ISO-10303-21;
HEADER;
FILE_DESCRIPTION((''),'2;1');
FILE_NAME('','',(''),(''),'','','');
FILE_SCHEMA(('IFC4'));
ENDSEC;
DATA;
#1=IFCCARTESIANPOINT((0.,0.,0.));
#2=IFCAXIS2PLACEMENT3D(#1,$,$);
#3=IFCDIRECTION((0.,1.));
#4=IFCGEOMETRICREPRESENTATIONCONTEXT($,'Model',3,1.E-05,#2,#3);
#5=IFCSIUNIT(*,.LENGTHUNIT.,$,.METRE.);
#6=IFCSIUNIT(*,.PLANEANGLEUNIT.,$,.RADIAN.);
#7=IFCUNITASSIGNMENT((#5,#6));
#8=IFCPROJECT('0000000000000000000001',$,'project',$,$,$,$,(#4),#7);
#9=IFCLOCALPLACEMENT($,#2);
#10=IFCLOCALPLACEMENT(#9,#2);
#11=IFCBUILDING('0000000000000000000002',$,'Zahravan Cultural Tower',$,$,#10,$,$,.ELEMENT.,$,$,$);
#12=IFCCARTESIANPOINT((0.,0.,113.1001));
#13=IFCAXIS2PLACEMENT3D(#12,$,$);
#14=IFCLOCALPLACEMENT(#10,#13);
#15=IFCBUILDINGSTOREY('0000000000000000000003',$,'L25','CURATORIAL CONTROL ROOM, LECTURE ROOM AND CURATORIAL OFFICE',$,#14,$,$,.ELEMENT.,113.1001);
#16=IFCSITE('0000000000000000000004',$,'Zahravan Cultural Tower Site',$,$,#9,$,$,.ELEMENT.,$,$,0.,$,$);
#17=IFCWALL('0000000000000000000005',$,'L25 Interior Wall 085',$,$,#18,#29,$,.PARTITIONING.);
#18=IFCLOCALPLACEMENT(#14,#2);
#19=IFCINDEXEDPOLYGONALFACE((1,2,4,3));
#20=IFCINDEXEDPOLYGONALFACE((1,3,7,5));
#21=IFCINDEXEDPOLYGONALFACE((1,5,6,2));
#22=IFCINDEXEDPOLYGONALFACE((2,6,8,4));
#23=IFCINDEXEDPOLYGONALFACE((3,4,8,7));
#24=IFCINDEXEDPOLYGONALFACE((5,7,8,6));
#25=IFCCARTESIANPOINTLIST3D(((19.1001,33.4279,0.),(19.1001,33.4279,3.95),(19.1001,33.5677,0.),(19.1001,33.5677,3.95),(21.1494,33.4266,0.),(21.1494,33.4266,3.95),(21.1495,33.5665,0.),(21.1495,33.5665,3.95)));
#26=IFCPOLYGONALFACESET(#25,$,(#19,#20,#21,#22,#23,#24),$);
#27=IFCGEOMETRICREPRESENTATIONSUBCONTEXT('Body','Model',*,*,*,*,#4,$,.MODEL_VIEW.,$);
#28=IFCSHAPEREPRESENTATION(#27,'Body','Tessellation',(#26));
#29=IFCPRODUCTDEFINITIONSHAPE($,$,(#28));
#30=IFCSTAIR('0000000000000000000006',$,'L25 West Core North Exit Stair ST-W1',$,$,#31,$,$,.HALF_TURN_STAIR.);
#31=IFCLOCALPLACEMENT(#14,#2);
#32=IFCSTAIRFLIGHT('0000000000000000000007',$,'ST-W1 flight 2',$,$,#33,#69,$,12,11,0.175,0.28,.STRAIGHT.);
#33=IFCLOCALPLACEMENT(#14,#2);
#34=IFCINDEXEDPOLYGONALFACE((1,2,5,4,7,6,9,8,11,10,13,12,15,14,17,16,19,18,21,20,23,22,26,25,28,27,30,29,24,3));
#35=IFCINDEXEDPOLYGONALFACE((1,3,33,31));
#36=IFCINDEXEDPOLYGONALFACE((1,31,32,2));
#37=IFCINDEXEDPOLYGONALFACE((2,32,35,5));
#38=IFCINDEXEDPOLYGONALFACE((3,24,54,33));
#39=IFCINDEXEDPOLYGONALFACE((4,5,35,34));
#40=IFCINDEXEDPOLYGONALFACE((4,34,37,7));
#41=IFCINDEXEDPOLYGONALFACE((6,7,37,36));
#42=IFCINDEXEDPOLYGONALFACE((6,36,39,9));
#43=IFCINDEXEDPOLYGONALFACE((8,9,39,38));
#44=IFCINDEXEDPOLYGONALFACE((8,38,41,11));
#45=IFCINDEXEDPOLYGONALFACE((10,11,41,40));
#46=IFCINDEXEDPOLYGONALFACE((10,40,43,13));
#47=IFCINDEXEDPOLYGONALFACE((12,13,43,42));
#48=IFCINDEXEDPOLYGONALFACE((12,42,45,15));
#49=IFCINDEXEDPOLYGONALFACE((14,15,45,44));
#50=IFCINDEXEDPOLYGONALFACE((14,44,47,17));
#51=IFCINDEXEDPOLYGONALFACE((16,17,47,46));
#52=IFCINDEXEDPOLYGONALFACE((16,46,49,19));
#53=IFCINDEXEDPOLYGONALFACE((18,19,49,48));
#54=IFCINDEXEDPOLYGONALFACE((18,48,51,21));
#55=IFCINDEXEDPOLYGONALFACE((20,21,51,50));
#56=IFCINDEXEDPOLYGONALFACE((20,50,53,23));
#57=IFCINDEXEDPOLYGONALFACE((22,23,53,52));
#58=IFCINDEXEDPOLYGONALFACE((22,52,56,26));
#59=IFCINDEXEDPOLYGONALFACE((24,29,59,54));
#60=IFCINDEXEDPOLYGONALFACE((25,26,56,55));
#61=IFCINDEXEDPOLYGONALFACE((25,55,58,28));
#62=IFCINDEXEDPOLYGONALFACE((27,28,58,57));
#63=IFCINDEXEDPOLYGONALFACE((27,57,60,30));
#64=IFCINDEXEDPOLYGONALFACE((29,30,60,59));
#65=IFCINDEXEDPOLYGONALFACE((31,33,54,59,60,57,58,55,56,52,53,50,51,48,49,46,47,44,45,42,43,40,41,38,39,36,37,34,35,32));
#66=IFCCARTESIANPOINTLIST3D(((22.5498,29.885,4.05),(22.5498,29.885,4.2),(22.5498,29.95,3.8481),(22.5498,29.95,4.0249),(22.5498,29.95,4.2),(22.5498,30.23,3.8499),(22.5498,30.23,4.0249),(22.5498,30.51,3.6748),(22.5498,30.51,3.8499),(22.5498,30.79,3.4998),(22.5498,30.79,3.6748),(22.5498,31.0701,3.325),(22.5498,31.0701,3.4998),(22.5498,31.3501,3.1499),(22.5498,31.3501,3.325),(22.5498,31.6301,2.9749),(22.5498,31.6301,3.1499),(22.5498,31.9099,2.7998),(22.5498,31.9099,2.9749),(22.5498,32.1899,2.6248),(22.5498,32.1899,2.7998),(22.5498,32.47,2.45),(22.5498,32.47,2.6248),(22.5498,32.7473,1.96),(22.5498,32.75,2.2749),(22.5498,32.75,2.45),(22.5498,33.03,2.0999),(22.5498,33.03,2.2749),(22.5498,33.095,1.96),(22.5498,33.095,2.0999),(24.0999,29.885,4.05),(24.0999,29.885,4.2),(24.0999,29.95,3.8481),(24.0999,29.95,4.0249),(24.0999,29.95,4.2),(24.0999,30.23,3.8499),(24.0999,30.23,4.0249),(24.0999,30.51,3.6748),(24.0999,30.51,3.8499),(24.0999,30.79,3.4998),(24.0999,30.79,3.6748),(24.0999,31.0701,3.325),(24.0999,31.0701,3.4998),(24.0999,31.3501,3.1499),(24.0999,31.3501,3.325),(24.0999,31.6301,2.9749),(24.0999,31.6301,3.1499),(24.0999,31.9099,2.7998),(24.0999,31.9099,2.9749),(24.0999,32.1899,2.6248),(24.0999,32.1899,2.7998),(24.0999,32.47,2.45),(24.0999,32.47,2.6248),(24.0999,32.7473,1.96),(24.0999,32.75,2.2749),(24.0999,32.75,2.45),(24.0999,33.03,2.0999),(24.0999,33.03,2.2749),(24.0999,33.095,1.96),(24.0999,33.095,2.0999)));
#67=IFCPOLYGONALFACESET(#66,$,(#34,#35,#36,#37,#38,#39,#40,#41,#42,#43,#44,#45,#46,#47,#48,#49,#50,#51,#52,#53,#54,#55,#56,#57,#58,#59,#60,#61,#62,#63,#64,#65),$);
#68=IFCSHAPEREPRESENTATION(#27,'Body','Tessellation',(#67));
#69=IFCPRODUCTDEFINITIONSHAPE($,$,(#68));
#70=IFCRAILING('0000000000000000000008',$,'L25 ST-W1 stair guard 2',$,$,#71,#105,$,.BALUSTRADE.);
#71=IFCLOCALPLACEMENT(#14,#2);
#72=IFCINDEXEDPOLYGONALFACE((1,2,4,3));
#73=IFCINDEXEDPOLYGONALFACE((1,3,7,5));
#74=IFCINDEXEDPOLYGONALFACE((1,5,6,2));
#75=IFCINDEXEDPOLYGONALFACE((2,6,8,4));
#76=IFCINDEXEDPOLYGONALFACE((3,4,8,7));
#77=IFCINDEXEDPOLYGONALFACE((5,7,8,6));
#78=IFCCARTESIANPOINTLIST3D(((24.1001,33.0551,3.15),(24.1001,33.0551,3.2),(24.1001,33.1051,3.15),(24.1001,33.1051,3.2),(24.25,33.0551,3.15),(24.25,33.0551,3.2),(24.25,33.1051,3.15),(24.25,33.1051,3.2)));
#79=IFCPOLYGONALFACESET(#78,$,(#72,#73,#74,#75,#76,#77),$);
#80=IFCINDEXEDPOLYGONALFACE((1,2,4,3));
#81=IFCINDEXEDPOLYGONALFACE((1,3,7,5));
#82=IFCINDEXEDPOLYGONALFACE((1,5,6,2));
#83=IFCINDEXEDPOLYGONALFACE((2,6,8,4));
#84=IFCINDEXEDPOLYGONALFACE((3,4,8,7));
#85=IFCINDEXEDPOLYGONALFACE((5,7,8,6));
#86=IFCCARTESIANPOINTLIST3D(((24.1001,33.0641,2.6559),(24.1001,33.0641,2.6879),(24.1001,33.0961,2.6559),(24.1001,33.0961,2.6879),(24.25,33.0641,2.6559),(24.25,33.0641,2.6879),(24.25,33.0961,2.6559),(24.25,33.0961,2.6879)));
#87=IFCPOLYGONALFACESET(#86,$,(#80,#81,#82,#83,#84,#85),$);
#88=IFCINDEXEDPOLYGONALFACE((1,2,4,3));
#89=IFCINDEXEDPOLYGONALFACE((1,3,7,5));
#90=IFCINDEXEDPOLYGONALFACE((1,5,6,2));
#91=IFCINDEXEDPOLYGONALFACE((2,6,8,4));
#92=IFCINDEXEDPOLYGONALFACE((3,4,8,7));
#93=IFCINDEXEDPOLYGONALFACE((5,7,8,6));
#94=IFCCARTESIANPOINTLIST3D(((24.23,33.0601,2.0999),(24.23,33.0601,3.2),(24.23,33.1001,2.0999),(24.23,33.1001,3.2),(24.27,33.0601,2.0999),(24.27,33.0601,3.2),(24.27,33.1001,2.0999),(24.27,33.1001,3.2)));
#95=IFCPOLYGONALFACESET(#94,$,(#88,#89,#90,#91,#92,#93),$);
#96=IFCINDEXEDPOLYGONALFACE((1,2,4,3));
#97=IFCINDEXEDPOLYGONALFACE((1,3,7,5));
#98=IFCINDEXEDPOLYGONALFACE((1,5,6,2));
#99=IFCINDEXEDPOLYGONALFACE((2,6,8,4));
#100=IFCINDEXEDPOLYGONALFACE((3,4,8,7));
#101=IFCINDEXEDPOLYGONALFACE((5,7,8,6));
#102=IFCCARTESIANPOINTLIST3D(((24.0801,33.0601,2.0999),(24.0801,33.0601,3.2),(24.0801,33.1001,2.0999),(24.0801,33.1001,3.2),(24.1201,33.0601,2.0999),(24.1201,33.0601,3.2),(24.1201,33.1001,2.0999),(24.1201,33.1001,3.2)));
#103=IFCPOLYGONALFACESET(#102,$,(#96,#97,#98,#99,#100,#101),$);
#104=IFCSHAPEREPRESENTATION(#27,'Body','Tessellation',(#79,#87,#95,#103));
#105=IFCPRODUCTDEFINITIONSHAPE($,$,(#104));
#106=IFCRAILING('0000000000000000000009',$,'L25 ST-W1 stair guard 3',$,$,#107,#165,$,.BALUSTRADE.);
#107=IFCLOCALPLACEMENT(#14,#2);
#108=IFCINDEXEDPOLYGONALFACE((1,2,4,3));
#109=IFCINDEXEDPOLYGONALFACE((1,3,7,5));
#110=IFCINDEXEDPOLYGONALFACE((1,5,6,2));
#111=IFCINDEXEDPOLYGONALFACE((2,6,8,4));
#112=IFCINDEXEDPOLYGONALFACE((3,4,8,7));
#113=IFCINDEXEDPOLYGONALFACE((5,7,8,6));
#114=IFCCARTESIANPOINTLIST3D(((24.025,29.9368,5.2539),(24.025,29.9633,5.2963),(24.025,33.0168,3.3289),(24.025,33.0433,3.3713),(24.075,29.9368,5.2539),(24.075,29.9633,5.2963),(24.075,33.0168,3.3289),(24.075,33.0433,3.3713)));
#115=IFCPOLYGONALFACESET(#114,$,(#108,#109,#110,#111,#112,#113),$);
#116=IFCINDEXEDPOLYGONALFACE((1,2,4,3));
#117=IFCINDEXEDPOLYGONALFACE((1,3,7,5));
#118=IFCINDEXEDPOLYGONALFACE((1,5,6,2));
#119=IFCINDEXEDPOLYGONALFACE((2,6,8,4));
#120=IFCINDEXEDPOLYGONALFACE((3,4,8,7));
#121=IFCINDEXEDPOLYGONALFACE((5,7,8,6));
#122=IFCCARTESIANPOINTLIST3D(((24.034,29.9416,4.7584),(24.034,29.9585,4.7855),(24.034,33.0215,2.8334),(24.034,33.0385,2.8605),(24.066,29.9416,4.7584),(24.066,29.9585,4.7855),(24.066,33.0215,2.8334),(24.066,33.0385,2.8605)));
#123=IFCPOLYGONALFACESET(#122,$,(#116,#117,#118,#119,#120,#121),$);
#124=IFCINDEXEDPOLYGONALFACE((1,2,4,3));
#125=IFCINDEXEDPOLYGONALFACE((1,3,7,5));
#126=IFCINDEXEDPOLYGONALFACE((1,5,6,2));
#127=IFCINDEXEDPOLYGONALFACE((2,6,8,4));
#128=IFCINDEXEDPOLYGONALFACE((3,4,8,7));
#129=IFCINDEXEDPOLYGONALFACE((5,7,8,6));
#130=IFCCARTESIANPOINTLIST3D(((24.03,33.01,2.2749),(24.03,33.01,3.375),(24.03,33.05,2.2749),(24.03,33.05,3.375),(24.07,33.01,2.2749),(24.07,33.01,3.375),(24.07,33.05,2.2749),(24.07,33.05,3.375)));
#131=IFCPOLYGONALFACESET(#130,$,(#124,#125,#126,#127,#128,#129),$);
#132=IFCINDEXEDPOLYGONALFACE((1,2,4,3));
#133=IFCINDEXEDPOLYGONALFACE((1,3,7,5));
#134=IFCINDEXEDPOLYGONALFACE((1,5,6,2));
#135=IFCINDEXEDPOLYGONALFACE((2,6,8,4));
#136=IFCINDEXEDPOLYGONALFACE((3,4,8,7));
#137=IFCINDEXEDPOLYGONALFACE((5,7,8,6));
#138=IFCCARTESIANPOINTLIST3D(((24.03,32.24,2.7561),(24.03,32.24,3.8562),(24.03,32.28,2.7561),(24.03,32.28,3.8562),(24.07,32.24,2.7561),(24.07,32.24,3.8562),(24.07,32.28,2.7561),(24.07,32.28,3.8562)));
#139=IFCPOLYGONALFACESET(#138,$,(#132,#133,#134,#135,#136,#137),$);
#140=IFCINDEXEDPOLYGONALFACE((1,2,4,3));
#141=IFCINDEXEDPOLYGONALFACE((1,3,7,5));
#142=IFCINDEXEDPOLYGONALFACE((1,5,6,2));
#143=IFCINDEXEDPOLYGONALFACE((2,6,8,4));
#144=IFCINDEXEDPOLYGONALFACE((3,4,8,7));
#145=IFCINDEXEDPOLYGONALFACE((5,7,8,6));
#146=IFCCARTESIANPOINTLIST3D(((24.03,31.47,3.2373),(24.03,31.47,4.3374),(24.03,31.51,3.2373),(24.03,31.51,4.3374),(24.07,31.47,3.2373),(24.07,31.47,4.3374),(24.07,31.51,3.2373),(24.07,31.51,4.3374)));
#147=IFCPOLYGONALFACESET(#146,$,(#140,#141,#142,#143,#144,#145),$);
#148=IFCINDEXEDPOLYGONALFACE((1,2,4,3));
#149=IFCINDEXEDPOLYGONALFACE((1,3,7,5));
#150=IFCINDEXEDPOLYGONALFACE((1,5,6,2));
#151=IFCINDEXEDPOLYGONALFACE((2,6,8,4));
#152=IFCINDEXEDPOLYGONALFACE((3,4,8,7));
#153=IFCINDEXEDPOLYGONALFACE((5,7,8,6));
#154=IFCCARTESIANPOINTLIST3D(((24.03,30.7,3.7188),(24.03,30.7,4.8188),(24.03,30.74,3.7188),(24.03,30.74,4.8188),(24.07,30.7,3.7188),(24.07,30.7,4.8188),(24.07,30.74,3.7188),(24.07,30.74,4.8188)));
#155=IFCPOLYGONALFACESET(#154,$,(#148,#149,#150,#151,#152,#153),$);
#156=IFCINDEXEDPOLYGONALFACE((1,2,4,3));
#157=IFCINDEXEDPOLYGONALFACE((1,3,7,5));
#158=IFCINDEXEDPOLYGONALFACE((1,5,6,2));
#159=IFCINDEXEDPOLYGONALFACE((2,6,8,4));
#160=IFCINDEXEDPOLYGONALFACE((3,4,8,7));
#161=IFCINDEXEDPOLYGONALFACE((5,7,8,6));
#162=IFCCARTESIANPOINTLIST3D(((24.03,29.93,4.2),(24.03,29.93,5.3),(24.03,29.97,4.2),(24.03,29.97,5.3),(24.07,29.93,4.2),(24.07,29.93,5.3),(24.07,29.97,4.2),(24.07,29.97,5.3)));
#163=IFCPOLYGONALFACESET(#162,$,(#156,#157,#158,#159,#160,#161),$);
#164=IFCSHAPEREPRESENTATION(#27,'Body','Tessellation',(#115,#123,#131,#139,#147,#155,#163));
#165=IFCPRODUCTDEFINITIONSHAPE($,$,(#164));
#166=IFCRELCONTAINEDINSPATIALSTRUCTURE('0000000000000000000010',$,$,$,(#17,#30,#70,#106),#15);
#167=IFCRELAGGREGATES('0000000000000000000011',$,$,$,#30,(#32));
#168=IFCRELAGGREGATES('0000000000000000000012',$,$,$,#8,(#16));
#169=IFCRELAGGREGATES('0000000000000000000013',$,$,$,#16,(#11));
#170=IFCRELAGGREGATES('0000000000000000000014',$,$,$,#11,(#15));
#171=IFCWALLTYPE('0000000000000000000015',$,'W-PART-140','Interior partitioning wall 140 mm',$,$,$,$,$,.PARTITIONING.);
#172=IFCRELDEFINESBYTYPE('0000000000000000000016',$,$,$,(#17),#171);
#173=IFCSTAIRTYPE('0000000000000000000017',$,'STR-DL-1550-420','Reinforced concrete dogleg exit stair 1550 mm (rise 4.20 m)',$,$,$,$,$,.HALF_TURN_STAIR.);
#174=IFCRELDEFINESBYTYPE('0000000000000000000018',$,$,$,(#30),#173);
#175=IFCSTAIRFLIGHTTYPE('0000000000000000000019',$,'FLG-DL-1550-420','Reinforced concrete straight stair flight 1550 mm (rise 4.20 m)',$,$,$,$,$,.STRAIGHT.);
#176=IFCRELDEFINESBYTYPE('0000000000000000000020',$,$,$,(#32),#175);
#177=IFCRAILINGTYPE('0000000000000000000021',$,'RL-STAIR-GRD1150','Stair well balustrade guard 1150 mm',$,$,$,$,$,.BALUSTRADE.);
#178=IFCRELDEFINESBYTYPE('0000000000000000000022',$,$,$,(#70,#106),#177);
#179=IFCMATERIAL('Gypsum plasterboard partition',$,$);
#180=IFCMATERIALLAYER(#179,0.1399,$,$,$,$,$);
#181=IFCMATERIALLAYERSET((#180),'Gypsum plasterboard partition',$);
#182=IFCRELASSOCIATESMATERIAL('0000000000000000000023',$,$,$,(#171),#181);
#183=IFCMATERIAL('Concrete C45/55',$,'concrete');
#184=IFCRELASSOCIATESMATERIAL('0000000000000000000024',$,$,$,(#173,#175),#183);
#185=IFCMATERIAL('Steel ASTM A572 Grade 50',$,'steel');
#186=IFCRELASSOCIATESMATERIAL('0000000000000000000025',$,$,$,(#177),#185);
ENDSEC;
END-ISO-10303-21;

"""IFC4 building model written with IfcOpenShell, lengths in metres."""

from ifc_helpers import new_model, si_unit, direction, frame, frame_2d, origin, origin_2d, place, context, subcontext, project, spatial, polyline, rectangle, outline, extrude, source, transform, mapped, material, layer, layer_set, type_object, element, aggregate, save


model = new_model("IFC4")

# Units and contexts
model_context = context("Model", 3, precision=1e-05, world=origin(), true_north=direction((0.0, 1.0)))
body_context = subcontext(model_context, "Body", "Model", "MODEL_VIEW")
ifc_project = project(units=[si_unit("LENGTHUNIT", "METRE"), si_unit("PLANEANGLEUNIT", "RADIAN")], contexts=[model_context])

# Site, building, storey
site_placement = place(None, origin())
site = spatial("IfcSite", under=ifc_project, at=site_placement, Name="Zahravan Cultural Tower Site", CompositionType="ELEMENT", RefElevation=0.0)
building_placement = place(site_placement, origin())
building = spatial("IfcBuilding", under=site, at=building_placement, Name="Zahravan Cultural Tower", CompositionType="ELEMENT")
storey_placement = place(building_placement, frame((0.0, 0.0, 113.1001)))
storey = spatial("IfcBuildingStorey", under=building, at=storey_placement, Name="L25", Description="CURATORIAL CONTROL ROOM, LECTURE ROOM AND CURATORIAL OFFICE", CompositionType="ELEMENT", Elevation=113.1001)

# Shared definitions
ifc_material_1 = material(Name="Gypsum plasterboard partition")
ifc_layer_1 = layer(ifc_material_1, 0.1399)
ifc_layer_set_1 = layer_set([ifc_layer_1], Name="Gypsum plasterboard partition")
wall_type_1 = type_object("IfcWallType", Name="W-PART-140", Description="Interior partitioning wall 140 mm", PredefinedType="PARTITIONING", material=ifc_layer_set_1)
ifc_material_2 = material(Name="Concrete C45/55", Category="concrete")
ifc_material_3 = material(Name="Steel ASTM A572 Grade 50", Category="steel")

# Wall
shared_shape_1 = source(origin(), body_context, "Body", "SweptSolid", [
    extrude(rectangle(XDim=2.0493, YDim=0.1399, at=frame_2d((1.0247, 0.0))), origin(), (0.0, 0.0, 1.0), 3.95),
])
wall_1_placement = place(storey_placement, frame((21.1494, 33.4966, 0.0), z_axis=(0.0, 0.0, 1.0), x_axis=(-1.0, 0.000596, 0.0)))
element("IfcWall", 1, at=wall_1_placement, inside=storey, type_object=wall_type_1, Name="L25 Interior Wall 085", PredefinedType="PARTITIONING", context=body_context, shape_type="MappedRepresentation", body=[
    mapped(shared_shape_1, transform((0.0, 0.0, 0.0), x_axis=(1.0, 0.0, 0.0), y_axis=(0.0, 1.0, 0.0), z_axis=(0.0, 0.0, 1.0), scale=1.0)),
])

# Stair, stair flight
stair_type = type_object("IfcStairType", Name="STR-DL-1550-420", Description="Reinforced concrete dogleg exit stair 1550 mm (rise 4.20 m)", PredefinedType="HALF_TURN_STAIR", material=ifc_material_2)
stair_placement = place(storey_placement, origin())
stair = element("IfcStair", 2, at=stair_placement, inside=storey, type_object=stair_type, Name="L25 West Core North Exit Stair ST-W1", PredefinedType="HALF_TURN_STAIR")
stair_flight_type = type_object("IfcStairFlightType", Name="FLG-DL-1550-420", Description="Reinforced concrete straight stair flight 1550 mm (rise 4.20 m)", PredefinedType="STRAIGHT", material=ifc_material_2)
stair_flight_placement = place(storey_placement, frame((23.325, 33.03, 2.0999), z_axis=(0.0, 0.0, 1.0), x_axis=(0.0, -1.0, 0.0)))
stair_flight = element("IfcStairFlight", 3, at=stair_flight_placement, type_object=stair_flight_type, Name="ST-W1 flight 2", NumberOfRisers=12, NumberOfTreads=11, PredefinedType="STRAIGHT", RiserHeight=0.175, TreadLength=0.28, context=body_context, shape_type="SweptSolid", body=[
    extrude(outline(polyline([(-0.0649, -0.1399), (-0.0649, 0.0), (0.0, 0.0), (0.0, 0.175), (0.28, 0.175), (0.28, 0.3501), (0.5601, 0.3501), (0.5601, 0.5249), (0.8401, 0.5249), (0.8401, 0.7), (1.1201, 0.7), (1.1201, 0.875), (1.3999, 0.875), (1.3999, 1.05), (1.6799, 1.05), (1.6799, 1.2251), (1.96, 1.2251), (1.96, 1.3999), (2.24, 1.3999), (2.24, 1.575), (2.52, 1.575), (2.52, 1.75), (2.8, 1.75), (2.8, 1.925), (3.0801, 1.925), (3.0801, 2.1001), (3.145, 2.1001), (3.145, 1.9502), (3.0801, 1.7483), (0.2827, -0.1399), (-0.0649, -0.1399)])), frame((0.0, 0.7749, 0.0), z_axis=(0.0, -1.0, 0.0), x_axis=(1.0, 0.0, 0.0)), (0.0, 0.0, 1.0), 1.55),
])
aggregate(stair, [stair_flight])

# Railings
railing_type_1 = type_object("IfcRailingType", Name="RL-STAIR-GRD1150", Description="Stair well balustrade guard 1150 mm", PredefinedType="BALUSTRADE", material=ifc_material_3)
railing_1_placement = place(storey_placement, frame((24.25, 33.0801, 2.0999)))
element("IfcRailing", 4, at=railing_1_placement, inside=storey, type_object=railing_type_1, Name="L25 ST-W1 stair guard 2", PredefinedType="BALUSTRADE", context=body_context, shape_type="SweptSolid", body=[
    extrude(rectangle(XDim=0.05, YDim=0.05, at=origin_2d()), frame((0.0, 0.0, 1.0752), z_axis=(-1.0, 0.0, 0.0), x_axis=(0.0, -1.0, 0.0)), (0.0, 0.0, 1.0), 0.1499),
    extrude(rectangle(XDim=0.032, YDim=0.032, at=origin_2d()), frame((0.0, 0.0, 0.572), z_axis=(-1.0, 0.0, 0.0), x_axis=(0.0, -1.0, 0.0)), (0.0, 0.0, 1.0), 0.1499),
    extrude(rectangle(XDim=0.04, YDim=0.04, at=origin_2d()), origin(), (0.0, 0.0, 1.0), 1.1001),
    extrude(rectangle(XDim=0.04, YDim=0.04, at=origin_2d()), frame((-0.1499, 0.0, 0.0)), (0.0, 0.0, 1.0), 1.1001),
])
railing_2_placement = place(storey_placement, frame((24.05, 33.03, 2.2749)))
element("IfcRailing", 5, at=railing_2_placement, inside=storey, type_object=railing_type_1, Name="L25 ST-W1 stair guard 3", PredefinedType="BALUSTRADE", context=body_context, shape_type="SweptSolid", body=[
    extrude(rectangle(XDim=0.05, YDim=0.05, at=origin_2d()), frame((0.0, 0.0, 1.0752), z_axis=(0.0, -0.847998, 0.529999), x_axis=(1.0, 0.0, 0.0)), (0.0, 0.0, 1.0), 3.6321),
    extrude(rectangle(XDim=0.032, YDim=0.032, at=origin_2d()), frame((0.0, 0.0, 0.572), z_axis=(0.0, -0.847998, 0.529999), x_axis=(1.0, 0.0, 0.0)), (0.0, 0.0, 1.0), 3.6321),
    extrude(rectangle(XDim=0.04, YDim=0.04, at=origin_2d()), origin(), (0.0, 0.0, 1.0), 1.1001),
    extrude(rectangle(XDim=0.04, YDim=0.04, at=origin_2d()), frame((0.0, -0.77, 0.4812)), (0.0, 0.0, 1.0), 1.1001),
    extrude(rectangle(XDim=0.04, YDim=0.04, at=origin_2d()), frame((0.0, -1.54, 0.9624)), (0.0, 0.0, 1.0), 1.1001),
    extrude(rectangle(XDim=0.04, YDim=0.04, at=origin_2d()), frame((0.0, -2.3101, 1.4438)), (0.0, 0.0, 1.0), 1.1001),
    extrude(rectangle(XDim=0.04, YDim=0.04, at=origin_2d()), frame((0.0, -3.0801, 1.925)), (0.0, 0.0, 1.0), 1.1001),
])

save(model, "model.ifc")
